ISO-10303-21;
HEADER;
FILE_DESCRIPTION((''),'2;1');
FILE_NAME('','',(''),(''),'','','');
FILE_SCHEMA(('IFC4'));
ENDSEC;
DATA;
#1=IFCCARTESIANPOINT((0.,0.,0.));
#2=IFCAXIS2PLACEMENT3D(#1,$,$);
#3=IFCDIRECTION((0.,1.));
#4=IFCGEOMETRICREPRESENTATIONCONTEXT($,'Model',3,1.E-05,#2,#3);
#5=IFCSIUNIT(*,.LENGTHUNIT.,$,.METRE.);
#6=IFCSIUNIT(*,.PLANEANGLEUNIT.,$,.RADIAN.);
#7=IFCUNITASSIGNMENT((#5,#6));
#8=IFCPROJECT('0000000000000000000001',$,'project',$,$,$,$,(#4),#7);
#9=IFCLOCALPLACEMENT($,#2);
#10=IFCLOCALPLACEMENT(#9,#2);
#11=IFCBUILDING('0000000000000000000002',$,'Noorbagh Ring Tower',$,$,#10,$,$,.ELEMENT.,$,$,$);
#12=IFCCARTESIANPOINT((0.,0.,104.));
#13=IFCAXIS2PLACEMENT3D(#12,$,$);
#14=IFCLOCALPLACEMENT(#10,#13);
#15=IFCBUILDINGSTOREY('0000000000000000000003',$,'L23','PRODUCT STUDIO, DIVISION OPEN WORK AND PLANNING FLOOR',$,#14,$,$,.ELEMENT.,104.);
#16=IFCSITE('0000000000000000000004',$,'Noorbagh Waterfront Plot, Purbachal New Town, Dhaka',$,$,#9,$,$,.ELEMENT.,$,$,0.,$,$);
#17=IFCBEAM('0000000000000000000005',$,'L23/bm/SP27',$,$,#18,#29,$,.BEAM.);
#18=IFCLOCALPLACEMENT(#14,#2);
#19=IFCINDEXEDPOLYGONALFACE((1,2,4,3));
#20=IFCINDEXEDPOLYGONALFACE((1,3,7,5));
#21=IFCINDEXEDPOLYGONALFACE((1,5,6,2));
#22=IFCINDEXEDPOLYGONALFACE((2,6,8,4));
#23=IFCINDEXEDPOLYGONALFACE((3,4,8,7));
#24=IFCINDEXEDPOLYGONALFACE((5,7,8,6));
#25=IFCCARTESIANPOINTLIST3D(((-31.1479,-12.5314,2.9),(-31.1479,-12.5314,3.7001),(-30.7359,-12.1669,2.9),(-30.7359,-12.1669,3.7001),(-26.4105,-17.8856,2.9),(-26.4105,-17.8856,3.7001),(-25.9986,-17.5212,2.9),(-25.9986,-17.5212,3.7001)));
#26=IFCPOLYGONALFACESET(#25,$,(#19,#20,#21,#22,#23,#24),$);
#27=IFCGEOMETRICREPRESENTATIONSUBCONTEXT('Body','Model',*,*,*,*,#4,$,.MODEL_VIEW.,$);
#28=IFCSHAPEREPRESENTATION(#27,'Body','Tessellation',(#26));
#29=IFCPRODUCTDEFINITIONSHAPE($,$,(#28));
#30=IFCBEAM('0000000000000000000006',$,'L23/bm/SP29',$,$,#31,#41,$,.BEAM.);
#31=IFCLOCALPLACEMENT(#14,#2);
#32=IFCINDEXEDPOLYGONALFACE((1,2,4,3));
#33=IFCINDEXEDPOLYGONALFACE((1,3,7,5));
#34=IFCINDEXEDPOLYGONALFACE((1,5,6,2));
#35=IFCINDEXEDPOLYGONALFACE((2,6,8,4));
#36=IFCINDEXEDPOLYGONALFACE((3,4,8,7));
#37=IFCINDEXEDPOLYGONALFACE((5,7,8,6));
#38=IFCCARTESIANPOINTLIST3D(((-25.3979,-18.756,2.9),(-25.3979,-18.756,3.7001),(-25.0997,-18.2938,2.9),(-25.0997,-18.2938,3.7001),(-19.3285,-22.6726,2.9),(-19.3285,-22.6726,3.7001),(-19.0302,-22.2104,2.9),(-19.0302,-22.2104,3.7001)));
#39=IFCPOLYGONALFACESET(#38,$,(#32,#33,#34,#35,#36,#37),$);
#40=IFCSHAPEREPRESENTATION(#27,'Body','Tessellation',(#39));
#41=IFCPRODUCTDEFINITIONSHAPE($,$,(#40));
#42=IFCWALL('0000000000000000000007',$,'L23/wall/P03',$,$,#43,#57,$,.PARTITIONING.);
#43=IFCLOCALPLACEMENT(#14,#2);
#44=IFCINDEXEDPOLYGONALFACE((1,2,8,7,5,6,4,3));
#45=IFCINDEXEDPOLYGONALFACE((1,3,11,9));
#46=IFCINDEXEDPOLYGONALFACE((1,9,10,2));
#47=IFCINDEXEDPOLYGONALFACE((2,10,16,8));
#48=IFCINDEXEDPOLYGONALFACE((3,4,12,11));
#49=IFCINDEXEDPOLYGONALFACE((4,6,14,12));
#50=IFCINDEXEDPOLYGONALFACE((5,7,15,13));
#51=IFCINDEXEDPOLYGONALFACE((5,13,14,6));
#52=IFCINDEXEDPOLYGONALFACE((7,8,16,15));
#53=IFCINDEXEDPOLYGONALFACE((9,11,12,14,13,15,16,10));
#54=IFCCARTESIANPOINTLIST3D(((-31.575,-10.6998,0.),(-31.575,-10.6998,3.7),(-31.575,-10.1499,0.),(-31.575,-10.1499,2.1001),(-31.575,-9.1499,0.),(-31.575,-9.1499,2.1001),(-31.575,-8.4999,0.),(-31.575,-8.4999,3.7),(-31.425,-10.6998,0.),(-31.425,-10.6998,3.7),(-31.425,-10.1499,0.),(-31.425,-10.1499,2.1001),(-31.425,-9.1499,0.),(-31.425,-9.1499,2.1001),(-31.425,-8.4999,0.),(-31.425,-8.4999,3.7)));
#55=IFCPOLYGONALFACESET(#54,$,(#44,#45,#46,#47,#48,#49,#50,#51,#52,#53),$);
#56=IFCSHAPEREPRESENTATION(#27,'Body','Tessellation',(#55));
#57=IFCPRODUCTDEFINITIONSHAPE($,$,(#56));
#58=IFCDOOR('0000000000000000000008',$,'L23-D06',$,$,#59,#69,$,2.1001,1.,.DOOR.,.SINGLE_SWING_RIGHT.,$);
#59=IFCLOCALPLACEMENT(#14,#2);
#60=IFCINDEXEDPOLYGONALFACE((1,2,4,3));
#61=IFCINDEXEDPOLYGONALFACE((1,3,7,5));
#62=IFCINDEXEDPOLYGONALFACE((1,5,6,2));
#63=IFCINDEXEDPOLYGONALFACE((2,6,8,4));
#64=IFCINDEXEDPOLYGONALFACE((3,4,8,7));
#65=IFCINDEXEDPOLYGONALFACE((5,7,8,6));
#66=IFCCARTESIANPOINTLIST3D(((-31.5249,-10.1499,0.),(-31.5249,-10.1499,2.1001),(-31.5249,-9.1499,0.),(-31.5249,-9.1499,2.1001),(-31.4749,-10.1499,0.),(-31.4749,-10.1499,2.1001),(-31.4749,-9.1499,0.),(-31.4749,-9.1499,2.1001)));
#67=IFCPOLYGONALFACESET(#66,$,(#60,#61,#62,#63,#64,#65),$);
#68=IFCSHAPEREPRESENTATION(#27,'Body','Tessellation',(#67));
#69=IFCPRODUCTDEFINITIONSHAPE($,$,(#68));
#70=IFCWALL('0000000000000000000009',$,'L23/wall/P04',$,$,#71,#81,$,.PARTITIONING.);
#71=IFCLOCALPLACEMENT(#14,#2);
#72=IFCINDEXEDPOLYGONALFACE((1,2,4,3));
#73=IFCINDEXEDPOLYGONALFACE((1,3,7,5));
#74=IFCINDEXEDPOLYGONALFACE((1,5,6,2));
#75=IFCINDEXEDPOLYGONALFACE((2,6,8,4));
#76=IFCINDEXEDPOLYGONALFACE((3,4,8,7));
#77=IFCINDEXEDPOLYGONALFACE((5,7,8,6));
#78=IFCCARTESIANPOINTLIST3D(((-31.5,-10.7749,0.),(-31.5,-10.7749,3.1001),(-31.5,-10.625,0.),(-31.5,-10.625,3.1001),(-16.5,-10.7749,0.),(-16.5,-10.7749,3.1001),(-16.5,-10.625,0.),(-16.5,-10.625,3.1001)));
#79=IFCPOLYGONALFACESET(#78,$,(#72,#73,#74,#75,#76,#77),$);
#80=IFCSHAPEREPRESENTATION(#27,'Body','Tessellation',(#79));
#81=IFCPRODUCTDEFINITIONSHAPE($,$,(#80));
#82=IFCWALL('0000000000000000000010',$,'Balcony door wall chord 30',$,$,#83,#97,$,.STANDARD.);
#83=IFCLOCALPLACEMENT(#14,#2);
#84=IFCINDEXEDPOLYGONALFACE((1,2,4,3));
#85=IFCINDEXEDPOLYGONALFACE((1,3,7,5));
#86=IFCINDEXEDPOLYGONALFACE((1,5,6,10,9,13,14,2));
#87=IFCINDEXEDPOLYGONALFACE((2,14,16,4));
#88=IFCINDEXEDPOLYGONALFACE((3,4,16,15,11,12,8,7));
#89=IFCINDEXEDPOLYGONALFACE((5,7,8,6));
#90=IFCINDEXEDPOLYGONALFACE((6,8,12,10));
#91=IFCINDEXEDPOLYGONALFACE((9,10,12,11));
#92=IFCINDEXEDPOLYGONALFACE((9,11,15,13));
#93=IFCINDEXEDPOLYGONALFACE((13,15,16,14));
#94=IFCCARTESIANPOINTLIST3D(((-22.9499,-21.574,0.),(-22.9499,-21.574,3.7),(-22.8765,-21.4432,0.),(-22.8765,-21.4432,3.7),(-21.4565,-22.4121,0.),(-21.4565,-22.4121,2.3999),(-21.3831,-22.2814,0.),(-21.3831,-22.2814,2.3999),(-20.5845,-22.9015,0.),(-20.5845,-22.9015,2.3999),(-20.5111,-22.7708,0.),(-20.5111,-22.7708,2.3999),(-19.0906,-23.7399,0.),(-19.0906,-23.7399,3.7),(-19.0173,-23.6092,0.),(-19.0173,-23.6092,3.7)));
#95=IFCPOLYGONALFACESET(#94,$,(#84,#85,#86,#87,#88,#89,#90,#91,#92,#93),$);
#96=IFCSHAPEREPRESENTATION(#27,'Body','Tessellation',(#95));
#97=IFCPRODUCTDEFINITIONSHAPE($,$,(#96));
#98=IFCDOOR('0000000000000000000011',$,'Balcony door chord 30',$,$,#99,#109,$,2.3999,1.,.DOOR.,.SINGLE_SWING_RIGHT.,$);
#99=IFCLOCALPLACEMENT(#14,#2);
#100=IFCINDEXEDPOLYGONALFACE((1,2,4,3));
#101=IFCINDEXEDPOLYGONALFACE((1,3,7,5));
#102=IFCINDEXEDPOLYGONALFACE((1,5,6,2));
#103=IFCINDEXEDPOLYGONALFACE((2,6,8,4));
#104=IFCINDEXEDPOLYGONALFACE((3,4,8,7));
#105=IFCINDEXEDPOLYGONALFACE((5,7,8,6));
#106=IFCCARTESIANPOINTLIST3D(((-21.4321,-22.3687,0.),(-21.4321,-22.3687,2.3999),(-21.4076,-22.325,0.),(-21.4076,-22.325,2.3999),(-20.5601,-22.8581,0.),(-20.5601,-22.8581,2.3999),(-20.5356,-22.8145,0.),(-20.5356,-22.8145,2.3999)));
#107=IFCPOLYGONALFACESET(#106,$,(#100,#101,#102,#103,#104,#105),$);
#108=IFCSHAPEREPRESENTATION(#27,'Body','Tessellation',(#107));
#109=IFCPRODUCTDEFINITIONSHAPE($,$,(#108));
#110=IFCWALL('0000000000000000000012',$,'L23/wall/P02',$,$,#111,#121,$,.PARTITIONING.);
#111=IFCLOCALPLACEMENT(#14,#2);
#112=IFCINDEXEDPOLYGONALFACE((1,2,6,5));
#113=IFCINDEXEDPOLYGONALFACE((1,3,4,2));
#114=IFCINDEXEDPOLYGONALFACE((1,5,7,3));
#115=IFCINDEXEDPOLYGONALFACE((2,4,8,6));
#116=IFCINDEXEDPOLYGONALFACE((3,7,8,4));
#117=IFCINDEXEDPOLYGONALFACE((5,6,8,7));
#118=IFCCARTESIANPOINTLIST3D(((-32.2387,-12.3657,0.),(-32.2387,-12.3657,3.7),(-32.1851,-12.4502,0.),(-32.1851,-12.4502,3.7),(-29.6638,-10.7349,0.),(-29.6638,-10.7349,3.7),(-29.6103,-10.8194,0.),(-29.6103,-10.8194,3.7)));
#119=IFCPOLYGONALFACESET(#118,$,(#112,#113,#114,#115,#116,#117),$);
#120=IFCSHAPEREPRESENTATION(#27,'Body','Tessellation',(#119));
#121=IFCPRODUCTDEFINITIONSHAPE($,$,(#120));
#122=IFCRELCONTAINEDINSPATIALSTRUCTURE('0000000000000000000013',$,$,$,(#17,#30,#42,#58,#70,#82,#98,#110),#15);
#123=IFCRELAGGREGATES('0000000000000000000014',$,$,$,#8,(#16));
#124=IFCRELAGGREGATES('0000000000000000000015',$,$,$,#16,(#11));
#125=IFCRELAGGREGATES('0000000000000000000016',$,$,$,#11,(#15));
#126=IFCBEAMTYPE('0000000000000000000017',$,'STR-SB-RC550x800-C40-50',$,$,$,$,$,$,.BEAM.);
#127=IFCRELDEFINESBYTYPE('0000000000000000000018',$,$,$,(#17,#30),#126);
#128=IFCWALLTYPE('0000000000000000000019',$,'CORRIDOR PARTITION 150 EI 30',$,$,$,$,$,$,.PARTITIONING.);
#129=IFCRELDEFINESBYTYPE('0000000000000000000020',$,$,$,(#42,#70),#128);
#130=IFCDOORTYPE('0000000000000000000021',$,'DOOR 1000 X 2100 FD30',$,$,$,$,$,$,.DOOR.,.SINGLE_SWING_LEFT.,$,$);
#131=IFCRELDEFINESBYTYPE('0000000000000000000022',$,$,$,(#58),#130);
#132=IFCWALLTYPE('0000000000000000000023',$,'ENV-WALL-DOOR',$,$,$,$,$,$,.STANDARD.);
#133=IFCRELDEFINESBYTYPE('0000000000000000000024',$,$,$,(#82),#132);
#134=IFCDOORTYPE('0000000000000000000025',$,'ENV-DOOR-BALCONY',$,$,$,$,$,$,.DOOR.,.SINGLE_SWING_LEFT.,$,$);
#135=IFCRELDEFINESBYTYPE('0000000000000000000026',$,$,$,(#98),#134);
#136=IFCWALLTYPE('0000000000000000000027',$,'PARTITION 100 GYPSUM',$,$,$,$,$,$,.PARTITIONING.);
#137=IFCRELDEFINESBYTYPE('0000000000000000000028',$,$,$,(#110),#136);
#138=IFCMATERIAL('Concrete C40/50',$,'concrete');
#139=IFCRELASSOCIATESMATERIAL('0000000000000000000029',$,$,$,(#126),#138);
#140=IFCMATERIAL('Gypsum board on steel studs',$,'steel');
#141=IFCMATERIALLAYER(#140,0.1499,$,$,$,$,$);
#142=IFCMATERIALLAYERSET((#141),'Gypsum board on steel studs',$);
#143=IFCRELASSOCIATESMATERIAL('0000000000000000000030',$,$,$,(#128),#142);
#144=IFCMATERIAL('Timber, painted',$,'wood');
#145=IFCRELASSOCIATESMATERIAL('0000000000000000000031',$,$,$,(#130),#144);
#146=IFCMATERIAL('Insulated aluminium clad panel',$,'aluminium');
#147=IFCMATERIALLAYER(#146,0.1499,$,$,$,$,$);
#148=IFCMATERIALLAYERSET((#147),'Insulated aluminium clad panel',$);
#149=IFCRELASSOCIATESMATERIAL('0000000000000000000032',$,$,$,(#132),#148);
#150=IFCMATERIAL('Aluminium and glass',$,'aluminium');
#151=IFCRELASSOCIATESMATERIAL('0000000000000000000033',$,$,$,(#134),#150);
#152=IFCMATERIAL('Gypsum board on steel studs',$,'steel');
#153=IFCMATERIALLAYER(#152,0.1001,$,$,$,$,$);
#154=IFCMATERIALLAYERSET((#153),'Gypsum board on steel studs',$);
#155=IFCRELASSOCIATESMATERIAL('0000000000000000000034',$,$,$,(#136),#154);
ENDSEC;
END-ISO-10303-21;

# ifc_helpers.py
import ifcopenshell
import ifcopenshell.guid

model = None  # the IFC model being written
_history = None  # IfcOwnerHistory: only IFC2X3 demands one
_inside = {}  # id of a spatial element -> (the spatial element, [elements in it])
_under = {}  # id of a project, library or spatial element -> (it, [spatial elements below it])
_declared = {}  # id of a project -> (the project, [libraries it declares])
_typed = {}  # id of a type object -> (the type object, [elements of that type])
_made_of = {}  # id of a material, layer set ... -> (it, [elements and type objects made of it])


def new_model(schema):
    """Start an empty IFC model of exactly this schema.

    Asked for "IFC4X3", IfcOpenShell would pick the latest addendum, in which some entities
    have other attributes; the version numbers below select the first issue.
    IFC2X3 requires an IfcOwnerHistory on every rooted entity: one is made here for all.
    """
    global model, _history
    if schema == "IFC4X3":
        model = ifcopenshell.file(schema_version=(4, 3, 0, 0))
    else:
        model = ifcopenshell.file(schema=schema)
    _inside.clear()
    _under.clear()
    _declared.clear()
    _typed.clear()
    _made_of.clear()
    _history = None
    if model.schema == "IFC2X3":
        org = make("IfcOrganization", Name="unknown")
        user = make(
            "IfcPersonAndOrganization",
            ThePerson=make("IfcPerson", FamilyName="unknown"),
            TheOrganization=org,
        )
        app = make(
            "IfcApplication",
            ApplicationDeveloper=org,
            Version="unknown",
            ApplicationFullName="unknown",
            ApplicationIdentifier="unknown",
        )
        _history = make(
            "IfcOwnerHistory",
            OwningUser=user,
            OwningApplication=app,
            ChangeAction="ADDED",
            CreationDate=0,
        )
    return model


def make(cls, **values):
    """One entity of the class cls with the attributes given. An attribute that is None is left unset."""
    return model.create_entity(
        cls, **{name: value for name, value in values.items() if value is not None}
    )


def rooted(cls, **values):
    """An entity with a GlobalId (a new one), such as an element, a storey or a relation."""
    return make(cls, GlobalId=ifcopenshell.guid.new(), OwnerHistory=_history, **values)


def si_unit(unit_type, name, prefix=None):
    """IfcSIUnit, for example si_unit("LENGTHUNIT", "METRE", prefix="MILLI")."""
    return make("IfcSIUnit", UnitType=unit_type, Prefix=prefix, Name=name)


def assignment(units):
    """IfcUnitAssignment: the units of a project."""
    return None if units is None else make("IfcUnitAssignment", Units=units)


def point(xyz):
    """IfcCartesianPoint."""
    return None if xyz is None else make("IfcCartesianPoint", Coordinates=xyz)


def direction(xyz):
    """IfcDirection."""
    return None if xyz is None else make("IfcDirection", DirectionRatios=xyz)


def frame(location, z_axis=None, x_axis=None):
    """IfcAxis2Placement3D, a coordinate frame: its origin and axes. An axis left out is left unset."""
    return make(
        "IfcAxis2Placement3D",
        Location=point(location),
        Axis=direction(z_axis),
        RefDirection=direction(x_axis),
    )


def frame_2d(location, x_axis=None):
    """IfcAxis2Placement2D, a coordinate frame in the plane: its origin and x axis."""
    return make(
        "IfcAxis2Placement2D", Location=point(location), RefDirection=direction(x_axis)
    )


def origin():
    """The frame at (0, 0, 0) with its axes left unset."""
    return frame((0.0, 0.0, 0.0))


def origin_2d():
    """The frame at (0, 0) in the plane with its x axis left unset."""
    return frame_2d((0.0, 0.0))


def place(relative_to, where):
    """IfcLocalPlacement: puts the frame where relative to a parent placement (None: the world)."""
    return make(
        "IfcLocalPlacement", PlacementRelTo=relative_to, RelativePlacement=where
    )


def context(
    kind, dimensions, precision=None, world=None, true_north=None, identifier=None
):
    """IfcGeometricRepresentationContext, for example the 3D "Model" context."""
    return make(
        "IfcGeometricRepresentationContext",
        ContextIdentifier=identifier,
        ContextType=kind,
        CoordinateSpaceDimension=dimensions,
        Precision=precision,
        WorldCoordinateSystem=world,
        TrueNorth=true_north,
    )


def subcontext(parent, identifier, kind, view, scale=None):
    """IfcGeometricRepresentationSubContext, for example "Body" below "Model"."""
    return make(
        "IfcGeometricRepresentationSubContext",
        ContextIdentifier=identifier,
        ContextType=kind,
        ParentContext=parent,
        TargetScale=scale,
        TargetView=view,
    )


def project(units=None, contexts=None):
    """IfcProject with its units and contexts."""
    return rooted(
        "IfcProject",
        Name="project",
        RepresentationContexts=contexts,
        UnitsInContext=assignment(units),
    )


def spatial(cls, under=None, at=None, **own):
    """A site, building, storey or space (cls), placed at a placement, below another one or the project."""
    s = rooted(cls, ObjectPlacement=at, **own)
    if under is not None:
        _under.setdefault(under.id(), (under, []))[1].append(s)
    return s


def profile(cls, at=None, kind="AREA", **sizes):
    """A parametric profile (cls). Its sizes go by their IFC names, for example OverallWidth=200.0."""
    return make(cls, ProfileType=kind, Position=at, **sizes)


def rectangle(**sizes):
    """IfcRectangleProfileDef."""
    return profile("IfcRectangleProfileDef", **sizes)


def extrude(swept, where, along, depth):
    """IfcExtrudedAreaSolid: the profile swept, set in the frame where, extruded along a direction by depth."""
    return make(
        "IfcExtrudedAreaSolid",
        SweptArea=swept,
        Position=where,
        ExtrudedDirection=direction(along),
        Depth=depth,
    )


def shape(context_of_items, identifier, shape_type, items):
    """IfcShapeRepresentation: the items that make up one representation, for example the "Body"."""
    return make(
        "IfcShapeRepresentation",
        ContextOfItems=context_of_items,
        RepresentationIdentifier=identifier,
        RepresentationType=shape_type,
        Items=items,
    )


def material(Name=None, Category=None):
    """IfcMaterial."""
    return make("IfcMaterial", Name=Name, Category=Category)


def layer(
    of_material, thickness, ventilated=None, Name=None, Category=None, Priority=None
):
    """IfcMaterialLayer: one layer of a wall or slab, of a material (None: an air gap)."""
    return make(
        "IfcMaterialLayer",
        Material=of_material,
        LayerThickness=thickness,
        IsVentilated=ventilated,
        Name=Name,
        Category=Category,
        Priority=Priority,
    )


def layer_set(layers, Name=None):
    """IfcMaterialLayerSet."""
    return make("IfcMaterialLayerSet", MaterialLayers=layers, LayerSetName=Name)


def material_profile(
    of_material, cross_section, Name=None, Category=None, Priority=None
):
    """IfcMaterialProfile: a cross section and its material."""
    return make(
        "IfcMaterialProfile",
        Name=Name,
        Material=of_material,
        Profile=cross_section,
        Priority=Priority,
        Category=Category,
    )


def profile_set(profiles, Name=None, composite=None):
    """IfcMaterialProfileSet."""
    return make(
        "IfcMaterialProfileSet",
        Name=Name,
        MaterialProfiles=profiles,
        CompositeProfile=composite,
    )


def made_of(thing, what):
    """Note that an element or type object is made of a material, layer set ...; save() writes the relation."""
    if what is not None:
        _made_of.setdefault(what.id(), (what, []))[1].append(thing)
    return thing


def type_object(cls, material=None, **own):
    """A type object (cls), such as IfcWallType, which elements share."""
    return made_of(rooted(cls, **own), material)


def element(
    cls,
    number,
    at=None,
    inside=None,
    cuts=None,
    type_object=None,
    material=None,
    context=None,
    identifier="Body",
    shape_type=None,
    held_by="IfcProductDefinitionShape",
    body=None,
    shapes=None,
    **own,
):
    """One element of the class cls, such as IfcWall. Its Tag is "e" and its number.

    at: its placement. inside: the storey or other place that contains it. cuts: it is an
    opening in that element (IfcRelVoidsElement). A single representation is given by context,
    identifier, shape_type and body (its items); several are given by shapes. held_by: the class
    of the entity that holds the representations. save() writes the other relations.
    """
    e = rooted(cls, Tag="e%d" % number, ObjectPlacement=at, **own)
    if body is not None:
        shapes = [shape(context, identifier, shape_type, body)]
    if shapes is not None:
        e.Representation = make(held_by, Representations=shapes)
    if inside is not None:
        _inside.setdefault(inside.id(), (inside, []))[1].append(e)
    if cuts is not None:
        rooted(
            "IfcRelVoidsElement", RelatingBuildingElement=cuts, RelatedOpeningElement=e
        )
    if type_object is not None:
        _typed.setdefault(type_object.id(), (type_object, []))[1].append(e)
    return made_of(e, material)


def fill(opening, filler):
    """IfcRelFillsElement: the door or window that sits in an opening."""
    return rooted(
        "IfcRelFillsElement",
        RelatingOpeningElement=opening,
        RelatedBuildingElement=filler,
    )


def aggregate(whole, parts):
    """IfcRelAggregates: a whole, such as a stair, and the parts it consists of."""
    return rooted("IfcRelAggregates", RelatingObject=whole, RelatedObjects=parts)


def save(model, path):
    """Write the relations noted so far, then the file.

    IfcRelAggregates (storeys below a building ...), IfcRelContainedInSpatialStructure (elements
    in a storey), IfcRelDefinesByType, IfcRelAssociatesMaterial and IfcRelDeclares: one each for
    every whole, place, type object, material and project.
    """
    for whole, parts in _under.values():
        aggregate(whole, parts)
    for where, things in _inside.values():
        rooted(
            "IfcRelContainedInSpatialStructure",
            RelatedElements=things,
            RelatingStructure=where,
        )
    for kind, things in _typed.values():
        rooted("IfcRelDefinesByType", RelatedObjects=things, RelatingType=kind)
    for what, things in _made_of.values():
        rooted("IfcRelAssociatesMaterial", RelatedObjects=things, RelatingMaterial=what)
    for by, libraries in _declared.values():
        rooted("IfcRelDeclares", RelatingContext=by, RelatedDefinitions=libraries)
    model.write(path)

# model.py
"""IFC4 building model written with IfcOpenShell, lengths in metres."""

from ifc_helpers import new_model, si_unit, direction, frame, frame_2d, origin, origin_2d, place, context, subcontext, project, spatial, rectangle, extrude, material, layer, layer_set, material_profile, profile_set, type_object, element, fill, save


model = new_model("IFC4")

# Units and contexts
model_context = context("Model", 3, precision=1e-05, world=origin(), true_north=direction((0.0, 1.0)))
body_context = subcontext(model_context, "Body", "Model", "MODEL_VIEW")
ifc_project = project(units=[si_unit("LENGTHUNIT", "METRE"), si_unit("PLANEANGLEUNIT", "RADIAN")], contexts=[model_context])

# Site, building, storey
site_placement = place(None, origin())
site = spatial("IfcSite", under=ifc_project, at=site_placement, Name="Noorbagh Waterfront Plot, Purbachal New Town, Dhaka", CompositionType="ELEMENT", RefElevation=0.0)
building_placement = place(site_placement, origin())
building = spatial("IfcBuilding", under=site, at=building_placement, Name="Noorbagh Ring Tower", CompositionType="ELEMENT")
storey_placement = place(building_placement, frame((0.0, 0.0, 104.0)))
storey = spatial("IfcBuildingStorey", under=building, at=storey_placement, Name="L23", Description="PRODUCT STUDIO, DIVISION OPEN WORK AND PLANNING FLOOR", CompositionType="ELEMENT", Elevation=104.0)

# Beams
ifc_material_1 = material(Name="Concrete C40/50", Category="concrete")
ifc_material_profile_1 = material_profile(ifc_material_1, rectangle(XDim=0.55, YDim=0.8, at=origin_2d()), Name="RC550x800")
ifc_profile_set_1 = profile_set([ifc_material_profile_1], Name="Concrete C40/50")
beam_type_1 = type_object("IfcBeamType", Name="STR-SB-RC550x800-C40-50", PredefinedType="BEAM", material=ifc_profile_set_1)
beam_1_placement = place(storey_placement, frame((-30.9419, -12.3491, 3.3), z_axis=(0.662641, -0.748937, 0.0), x_axis=(0.748937, 0.662641, 0.0)))
element("IfcBeam", 1, at=beam_1_placement, inside=storey, type_object=beam_type_1, Name="L23/bm/SP27", PredefinedType="BEAM", context=body_context, shape_type="SweptSolid", body=[
    extrude(rectangle(XDim=0.55, YDim=0.8, at=origin_2d()), origin(), (0.0, 0.0, 1.0), 7.1492),
])
beam_2_placement = place(storey_placement, frame((-25.2488, -18.5249, 3.3), z_axis=(0.840246, -0.542205, 0.0), x_axis=(0.542205, 0.840246, 0.0)))
element("IfcBeam", 2, at=beam_2_placement, inside=storey, type_object=beam_type_1, Name="L23/bm/SP29", PredefinedType="BEAM", context=body_context, shape_type="SweptSolid", body=[
    extrude(rectangle(XDim=0.55, YDim=0.8, at=origin_2d()), origin(), (0.0, 0.0, 1.0), 7.2234),
])

# Wall, opening, door
ifc_material_2 = material(Name="Gypsum board on steel studs", Category="steel")
ifc_layer_1 = layer(ifc_material_2, 0.1499)
ifc_layer_set_1 = layer_set([ifc_layer_1], Name="Gypsum board on steel studs")
wall_type_1 = type_object("IfcWallType", Name="CORRIDOR PARTITION 150 EI 30", PredefinedType="PARTITIONING", material=ifc_layer_set_1)
wall_1_placement = place(storey_placement, frame((-31.5, -10.7, 0.0), z_axis=(0.0, 0.0, 1.0), x_axis=(0.0, 1.0, 0.0)))
wall_1 = element("IfcWall", 3, at=wall_1_placement, inside=storey, type_object=wall_type_1, Name="L23/wall/P03", PredefinedType="PARTITIONING", context=body_context, shape_type="SweptSolid", body=[
    extrude(rectangle(XDim=2.2, YDim=0.1499, at=frame_2d((1.1001, 0.0))), origin(), (0.0, 0.0, 1.0), 3.7),
])
opening_1_placement = place(wall_1_placement, frame((0.55, 0.0, 0.0)))
opening_1 = element("IfcOpeningElement", 4, at=opening_1_placement, cuts=wall_1, PredefinedType="OPENING", context=body_context, shape_type="SweptSolid", body=[
    extrude(rectangle(XDim=1.0, YDim=2.1001, at=frame_2d((0.5, 1.05))), frame((0.0, 0.085, 0.0), z_axis=(0.0, -1.0, 0.0), x_axis=(1.0, 0.0, 0.0)), (0.0, 0.0, 1.0), 0.1699),
])
ifc_material_3 = material(Name="Timber, painted", Category="wood")
door_type_1 = type_object("IfcDoorType", Name="DOOR 1000 X 2100 FD30", OperationType="SINGLE_SWING_LEFT", PredefinedType="DOOR", material=ifc_material_3)
door_1_placement = place(opening_1_placement, origin())
door_1 = element("IfcDoor", 5, at=door_1_placement, inside=storey, type_object=door_type_1, Name="L23-D06", OperationType="SINGLE_SWING_RIGHT", OverallHeight=2.1001, OverallWidth=1.0, PredefinedType="DOOR", context=body_context, shape_type="SweptSolid", body=[
    extrude(rectangle(XDim=1.0, YDim=2.1001, at=frame_2d((0.5, 1.05))), frame((0.0, 0.0249, 0.0), z_axis=(0.0, -1.0, 0.0), x_axis=(1.0, 0.0, 0.0)), (0.0, 0.0, 1.0), 0.05),
])
fill(opening_1, door_1)

# Wall
wall_2_placement = place(storey_placement, frame((-31.5, -10.7, 0.0), z_axis=(0.0, 0.0, 1.0), x_axis=(1.0, 0.0, 0.0)))
element("IfcWall", 6, at=wall_2_placement, inside=storey, type_object=wall_type_1, Name="L23/wall/P04", PredefinedType="PARTITIONING", context=body_context, shape_type="SweptSolid", body=[
    extrude(rectangle(XDim=15.0, YDim=0.1499, at=frame_2d((7.5, 0.0))), origin(), (0.0, 0.0, 1.0), 3.1001),
])

# Wall, opening, door
ifc_material_4 = material(Name="Insulated aluminium clad panel", Category="aluminium")
ifc_layer_2 = layer(ifc_material_4, 0.1499)
ifc_layer_set_2 = layer_set([ifc_layer_2], Name="Insulated aluminium clad panel")
wall_type_2 = type_object("IfcWallType", Name="ENV-WALL-DOOR", PredefinedType="STANDARD", material=ifc_layer_set_2)
wall_3_placement = place(storey_placement, frame((-22.9133, -21.5085, 0.0), z_axis=(0.0, 0.0, 1.0), x_axis=(0.872047, -0.489423, 0.0)))
wall_3 = element("IfcWall", 7, at=wall_3_placement, inside=storey, type_object=wall_type_2, Name="Balcony door wall chord 30", PredefinedType="STANDARD", context=body_context, shape_type="SweptSolid", body=[
    extrude(rectangle(XDim=4.4255, YDim=0.1499, at=frame_2d((2.2129, 0.0))), origin(), (0.0, 0.0, 1.0), 3.7),
])
opening_2_placement = place(wall_3_placement, frame((1.7126, 0.0, 0.0)))
opening_2 = element("IfcOpeningElement", 8, at=opening_2_placement, cuts=wall_3, PredefinedType="OPENING", context=body_context, shape_type="SweptSolid", body=[
    extrude(rectangle(XDim=1.0, YDim=2.3999, at=frame_2d((0.5, 1.2))), frame((0.0, 0.085, 0.0), z_axis=(0.0, -1.0, 0.0), x_axis=(1.0, 0.0, 0.0)), (0.0, 0.0, 1.0), 0.1699),
])
ifc_material_5 = material(Name="Aluminium and glass", Category="aluminium")
door_type_2 = type_object("IfcDoorType", Name="ENV-DOOR-BALCONY", OperationType="SINGLE_SWING_LEFT", PredefinedType="DOOR", material=ifc_material_5)
door_2_placement = place(opening_2_placement, origin())
door_2 = element("IfcDoor", 9, at=door_2_placement, inside=storey, type_object=door_type_2, Name="Balcony door chord 30", OperationType="SINGLE_SWING_RIGHT", OverallHeight=2.3999, OverallWidth=1.0, PredefinedType="DOOR", context=body_context, shape_type="SweptSolid", body=[
    extrude(rectangle(XDim=1.0, YDim=2.3999, at=frame_2d((0.5, 1.2))), frame((0.0, 0.0249, 0.0), z_axis=(0.0, -1.0, 0.0), x_axis=(1.0, 0.0, 0.0)), (0.0, 0.0, 1.0), 0.05),
])
fill(opening_2, door_2)

# Wall
ifc_material_6 = material(Name="Gypsum board on steel studs", Category="steel")
ifc_layer_3 = layer(ifc_material_6, 0.1001)
ifc_layer_set_3 = layer_set([ifc_layer_3], Name="Gypsum board on steel studs")
wall_type_3 = type_object("IfcWallType", Name="PARTITION 100 GYPSUM", PredefinedType="PARTITIONING", material=ifc_layer_set_3)
wall_4_placement = place(storey_placement, frame((-32.2119, -12.408, 0.0), z_axis=(0.0, 0.0, 1.0), x_axis=(0.844811, 0.535065, 0.0)))
element("IfcWall", 10, at=wall_4_placement, inside=storey, type_object=wall_type_3, Name="L23/wall/P02", PredefinedType="PARTITIONING", context=body_context, shape_type="SweptSolid", body=[
    extrude(rectangle(XDim=3.0479, YDim=0.1001, at=frame_2d((1.5239, 0.0))), origin(), (0.0, 0.0, 1.0), 3.7),
])

save(model, "model.ifc")
